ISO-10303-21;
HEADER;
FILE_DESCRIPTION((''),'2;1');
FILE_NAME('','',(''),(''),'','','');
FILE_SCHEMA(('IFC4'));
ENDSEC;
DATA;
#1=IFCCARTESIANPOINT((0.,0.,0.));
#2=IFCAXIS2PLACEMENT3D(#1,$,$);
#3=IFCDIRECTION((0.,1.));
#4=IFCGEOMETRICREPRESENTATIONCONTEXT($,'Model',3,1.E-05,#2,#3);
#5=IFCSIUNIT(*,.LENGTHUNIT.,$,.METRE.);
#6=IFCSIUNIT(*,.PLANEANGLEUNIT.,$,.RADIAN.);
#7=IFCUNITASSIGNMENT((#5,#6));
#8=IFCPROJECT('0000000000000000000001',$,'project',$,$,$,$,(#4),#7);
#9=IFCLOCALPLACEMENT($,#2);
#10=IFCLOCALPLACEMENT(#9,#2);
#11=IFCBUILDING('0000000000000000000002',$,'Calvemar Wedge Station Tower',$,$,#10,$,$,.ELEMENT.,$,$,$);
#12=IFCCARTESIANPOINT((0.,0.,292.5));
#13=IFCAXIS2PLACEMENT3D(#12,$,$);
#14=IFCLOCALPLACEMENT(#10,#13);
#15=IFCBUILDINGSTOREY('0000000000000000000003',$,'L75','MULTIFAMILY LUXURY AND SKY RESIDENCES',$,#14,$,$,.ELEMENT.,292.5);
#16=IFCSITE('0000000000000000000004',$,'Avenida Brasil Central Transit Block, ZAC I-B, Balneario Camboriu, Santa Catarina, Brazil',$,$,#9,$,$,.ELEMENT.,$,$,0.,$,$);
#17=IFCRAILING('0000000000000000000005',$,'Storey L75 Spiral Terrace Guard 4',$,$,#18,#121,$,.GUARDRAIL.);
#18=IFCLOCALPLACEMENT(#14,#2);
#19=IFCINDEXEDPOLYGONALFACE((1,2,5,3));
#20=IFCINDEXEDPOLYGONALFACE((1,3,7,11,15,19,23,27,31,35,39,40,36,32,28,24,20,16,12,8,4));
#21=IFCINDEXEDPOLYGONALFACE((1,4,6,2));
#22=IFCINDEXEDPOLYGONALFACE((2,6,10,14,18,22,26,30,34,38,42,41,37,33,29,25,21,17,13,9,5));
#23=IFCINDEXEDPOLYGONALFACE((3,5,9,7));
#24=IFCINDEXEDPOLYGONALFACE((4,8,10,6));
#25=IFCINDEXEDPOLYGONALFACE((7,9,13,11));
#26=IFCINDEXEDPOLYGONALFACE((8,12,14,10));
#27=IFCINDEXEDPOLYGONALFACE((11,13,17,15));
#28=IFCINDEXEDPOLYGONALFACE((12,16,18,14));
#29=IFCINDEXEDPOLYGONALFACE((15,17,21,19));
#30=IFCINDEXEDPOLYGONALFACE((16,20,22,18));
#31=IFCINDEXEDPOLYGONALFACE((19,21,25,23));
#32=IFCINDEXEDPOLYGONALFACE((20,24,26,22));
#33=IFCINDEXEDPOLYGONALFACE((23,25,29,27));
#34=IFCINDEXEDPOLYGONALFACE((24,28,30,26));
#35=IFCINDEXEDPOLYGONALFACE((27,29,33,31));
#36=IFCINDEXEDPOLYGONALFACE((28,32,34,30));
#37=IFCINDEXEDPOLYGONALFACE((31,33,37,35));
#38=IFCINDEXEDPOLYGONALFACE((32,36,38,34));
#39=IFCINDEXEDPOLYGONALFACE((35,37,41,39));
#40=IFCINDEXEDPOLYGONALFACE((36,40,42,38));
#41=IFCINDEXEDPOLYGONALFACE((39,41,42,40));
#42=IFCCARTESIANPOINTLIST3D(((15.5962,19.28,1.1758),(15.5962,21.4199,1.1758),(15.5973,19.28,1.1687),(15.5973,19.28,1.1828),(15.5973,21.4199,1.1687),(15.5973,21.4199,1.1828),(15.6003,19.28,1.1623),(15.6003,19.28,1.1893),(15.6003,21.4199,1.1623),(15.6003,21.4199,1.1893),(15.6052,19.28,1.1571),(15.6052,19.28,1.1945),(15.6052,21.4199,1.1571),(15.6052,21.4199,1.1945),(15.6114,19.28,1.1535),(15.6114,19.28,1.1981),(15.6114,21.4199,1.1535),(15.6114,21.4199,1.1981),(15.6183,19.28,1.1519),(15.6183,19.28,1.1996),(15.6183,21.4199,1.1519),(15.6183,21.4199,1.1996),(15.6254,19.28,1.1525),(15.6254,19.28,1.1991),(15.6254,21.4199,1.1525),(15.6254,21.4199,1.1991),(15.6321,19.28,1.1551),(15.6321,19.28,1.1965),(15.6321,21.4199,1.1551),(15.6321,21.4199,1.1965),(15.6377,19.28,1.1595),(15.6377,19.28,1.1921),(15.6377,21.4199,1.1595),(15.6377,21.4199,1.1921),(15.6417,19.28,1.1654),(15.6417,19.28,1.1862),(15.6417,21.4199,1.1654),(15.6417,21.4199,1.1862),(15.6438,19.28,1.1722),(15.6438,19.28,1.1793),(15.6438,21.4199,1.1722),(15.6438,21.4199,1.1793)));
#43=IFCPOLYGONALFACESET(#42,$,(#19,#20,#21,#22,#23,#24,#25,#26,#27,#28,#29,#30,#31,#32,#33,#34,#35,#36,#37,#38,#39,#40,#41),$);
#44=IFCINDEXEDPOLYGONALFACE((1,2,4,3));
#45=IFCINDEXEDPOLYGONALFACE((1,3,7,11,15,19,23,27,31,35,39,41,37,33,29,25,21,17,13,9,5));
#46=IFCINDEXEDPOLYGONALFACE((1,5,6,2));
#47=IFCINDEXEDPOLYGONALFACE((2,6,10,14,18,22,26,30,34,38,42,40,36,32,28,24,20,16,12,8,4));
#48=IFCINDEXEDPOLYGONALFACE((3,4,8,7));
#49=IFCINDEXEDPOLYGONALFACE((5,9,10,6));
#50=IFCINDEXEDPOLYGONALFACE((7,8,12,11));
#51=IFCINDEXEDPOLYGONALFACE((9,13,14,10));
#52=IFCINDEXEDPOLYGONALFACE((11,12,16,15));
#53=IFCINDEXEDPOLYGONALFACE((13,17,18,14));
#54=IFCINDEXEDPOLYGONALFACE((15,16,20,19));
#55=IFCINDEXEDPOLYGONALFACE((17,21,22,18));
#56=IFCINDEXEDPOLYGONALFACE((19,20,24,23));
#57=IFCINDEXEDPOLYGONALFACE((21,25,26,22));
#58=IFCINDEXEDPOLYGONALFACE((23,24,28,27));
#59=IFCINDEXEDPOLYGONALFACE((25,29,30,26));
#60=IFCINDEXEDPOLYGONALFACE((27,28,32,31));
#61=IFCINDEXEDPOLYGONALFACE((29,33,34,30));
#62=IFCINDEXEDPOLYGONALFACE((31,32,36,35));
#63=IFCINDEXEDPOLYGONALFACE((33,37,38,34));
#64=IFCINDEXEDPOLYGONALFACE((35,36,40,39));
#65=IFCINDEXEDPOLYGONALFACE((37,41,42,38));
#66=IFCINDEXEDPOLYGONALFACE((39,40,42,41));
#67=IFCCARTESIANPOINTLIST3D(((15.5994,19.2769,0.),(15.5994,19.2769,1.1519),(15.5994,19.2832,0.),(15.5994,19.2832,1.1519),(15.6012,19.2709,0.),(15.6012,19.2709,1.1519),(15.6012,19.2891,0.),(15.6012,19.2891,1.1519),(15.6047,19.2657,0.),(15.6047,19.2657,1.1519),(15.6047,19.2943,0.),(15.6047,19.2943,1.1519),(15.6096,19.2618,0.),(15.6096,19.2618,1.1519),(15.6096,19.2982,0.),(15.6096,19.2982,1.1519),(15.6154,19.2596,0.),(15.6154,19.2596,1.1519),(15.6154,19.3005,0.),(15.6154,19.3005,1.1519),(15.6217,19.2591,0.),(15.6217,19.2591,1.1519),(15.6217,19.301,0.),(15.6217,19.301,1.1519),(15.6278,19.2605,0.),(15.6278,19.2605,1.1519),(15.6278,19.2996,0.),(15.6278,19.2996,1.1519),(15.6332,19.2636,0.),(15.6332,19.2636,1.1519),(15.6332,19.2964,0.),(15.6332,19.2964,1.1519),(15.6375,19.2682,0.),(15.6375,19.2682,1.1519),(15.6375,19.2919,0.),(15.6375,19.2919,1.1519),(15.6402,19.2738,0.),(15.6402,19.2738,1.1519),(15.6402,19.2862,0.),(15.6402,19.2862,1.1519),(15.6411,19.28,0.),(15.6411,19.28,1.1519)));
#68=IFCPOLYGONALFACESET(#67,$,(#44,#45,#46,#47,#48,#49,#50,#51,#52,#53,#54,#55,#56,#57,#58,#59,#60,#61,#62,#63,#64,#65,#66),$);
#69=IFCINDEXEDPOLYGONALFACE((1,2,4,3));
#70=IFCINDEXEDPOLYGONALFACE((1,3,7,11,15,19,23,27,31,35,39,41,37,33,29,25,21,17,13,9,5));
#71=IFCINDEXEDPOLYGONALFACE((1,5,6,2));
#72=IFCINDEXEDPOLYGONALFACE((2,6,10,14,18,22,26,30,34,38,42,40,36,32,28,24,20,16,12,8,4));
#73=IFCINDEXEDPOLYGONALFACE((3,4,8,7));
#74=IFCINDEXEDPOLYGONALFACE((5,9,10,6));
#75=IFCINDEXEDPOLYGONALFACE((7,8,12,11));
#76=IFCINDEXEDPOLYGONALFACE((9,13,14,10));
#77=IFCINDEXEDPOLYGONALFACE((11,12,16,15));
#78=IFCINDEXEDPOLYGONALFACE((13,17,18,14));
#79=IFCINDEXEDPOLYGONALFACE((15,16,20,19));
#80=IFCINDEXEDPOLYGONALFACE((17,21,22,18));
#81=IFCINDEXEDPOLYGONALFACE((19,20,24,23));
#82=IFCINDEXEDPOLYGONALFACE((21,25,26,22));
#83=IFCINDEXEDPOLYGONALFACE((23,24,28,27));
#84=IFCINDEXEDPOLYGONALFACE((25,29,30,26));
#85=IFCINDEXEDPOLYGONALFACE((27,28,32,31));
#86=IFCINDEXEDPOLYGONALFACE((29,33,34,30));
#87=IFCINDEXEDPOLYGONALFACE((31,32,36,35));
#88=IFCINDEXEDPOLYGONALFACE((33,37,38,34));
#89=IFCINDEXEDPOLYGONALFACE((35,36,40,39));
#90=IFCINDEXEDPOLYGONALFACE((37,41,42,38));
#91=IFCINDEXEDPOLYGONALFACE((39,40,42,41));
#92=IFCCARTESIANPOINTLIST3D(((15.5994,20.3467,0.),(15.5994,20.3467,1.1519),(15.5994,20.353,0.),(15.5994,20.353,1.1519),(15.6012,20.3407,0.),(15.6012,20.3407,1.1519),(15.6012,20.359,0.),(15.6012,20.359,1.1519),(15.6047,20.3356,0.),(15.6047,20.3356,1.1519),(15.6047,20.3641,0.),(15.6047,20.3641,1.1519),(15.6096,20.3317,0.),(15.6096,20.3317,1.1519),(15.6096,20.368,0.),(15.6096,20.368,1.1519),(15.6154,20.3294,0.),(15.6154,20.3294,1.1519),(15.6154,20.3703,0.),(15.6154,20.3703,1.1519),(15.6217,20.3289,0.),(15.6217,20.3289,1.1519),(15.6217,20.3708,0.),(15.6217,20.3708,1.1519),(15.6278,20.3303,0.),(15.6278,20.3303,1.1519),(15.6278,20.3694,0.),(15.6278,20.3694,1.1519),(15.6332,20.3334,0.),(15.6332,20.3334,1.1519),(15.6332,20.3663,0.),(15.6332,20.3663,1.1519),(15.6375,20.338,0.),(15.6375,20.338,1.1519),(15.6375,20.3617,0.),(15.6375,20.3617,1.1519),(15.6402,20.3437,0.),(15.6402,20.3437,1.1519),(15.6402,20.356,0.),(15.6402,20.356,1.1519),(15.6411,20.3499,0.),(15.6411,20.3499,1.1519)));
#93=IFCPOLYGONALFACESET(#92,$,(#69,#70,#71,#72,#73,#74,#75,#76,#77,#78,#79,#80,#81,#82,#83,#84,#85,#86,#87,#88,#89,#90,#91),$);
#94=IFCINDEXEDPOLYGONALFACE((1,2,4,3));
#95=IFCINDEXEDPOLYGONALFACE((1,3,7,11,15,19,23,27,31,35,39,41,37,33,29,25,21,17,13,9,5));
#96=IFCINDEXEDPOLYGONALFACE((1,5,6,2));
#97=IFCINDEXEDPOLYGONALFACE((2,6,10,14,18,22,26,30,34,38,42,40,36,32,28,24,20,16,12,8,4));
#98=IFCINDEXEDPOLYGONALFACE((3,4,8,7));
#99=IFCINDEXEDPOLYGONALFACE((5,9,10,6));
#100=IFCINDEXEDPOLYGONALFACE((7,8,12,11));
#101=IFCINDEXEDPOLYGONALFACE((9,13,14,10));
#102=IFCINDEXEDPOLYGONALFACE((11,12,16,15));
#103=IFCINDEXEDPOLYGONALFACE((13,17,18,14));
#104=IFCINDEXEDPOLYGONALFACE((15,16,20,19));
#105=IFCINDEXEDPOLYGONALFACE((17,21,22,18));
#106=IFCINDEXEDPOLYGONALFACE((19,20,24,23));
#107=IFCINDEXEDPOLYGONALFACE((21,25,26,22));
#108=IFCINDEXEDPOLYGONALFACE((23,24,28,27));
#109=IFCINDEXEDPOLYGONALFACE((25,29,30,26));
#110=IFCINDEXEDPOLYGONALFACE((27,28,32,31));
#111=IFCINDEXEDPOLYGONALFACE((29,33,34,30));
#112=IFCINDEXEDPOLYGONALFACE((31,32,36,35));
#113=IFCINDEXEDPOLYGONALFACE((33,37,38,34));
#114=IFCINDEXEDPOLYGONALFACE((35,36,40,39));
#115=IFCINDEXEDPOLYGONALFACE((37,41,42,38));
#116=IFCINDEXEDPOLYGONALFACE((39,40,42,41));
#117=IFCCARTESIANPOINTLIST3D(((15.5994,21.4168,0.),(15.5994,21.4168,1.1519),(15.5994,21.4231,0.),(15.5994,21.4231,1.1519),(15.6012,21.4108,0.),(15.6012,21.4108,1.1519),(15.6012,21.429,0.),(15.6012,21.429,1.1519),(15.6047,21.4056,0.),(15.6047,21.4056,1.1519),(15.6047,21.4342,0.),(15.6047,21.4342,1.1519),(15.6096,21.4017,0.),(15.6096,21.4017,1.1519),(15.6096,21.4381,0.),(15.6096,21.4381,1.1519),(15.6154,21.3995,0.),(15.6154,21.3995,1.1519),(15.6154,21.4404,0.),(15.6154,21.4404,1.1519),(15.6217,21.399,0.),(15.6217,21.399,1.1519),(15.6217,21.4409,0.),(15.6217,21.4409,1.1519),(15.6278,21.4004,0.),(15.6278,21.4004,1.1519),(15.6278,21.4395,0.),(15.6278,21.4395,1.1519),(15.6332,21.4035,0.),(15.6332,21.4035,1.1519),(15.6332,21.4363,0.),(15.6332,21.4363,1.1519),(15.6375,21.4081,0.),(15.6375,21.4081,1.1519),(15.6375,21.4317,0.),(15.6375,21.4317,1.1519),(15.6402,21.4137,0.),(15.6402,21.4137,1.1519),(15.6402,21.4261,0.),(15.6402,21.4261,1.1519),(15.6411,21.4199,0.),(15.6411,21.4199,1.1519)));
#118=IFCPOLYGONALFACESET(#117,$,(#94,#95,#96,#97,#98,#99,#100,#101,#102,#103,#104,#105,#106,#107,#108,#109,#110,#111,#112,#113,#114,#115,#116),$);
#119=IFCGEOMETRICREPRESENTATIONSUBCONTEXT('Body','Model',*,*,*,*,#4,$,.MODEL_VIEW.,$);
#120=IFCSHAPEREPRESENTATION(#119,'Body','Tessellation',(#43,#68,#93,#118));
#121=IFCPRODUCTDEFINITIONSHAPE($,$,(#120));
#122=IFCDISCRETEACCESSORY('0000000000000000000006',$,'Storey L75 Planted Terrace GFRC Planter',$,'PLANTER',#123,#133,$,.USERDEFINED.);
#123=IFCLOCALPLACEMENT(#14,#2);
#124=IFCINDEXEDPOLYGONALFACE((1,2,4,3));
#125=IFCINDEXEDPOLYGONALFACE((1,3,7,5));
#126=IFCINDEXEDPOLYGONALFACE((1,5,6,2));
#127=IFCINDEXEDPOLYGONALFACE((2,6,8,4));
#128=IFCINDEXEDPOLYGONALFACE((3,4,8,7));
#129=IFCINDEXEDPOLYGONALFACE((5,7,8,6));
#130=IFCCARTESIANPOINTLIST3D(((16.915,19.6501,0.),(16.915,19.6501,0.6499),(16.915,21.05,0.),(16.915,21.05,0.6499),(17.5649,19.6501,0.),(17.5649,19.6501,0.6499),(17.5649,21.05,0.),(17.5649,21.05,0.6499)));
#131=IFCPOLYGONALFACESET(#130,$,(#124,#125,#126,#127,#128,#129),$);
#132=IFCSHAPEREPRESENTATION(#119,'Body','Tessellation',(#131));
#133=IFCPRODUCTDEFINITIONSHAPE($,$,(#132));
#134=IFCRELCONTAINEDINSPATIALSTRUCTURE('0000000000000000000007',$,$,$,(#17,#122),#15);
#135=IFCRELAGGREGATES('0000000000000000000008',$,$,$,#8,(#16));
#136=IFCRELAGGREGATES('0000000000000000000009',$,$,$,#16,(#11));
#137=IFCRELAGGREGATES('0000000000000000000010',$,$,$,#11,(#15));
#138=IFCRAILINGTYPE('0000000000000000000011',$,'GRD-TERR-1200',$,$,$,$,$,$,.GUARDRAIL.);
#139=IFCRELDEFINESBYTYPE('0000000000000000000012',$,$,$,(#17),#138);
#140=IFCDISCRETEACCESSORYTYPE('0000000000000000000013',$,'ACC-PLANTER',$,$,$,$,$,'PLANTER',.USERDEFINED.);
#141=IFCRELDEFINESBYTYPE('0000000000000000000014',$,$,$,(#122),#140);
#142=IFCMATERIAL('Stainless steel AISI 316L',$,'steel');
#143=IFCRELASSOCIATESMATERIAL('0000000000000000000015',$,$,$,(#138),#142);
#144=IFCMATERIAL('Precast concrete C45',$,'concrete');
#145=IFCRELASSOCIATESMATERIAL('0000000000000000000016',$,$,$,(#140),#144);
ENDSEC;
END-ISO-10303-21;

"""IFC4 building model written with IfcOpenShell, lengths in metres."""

from ifc_helpers import new_model, si_unit, direction, frame, origin, origin_2d, place, context, subcontext, project, spatial, rectangle, circle, extrude, source, transform, mapped, material, type_object, element, save


model = new_model("IFC4")

# Units and contexts
model_context = context("Model", 3, precision=1e-05, world=origin(), true_north=direction((0.0, 1.0)))
body_context = subcontext(model_context, "Body", "Model", "MODEL_VIEW")
ifc_project = project(units=[si_unit("LENGTHUNIT", "METRE"), si_unit("PLANEANGLEUNIT", "RADIAN")], contexts=[model_context])

# Site, building, storey
site_placement = place(None, origin())
site = spatial("IfcSite", under=ifc_project, at=site_placement, Name="Avenida Brasil Central Transit Block, ZAC I-B, Balneario Camboriu, Santa Catarina, Brazil", CompositionType="ELEMENT", RefElevation=0.0)
building_placement = place(site_placement, origin())
building = spatial("IfcBuilding", under=site, at=building_placement, Name="Calvemar Wedge Station Tower", CompositionType="ELEMENT")
storey_placement = place(building_placement, frame((0.0, 0.0, 292.5)))
storey = spatial("IfcBuildingStorey", under=building, at=storey_placement, Name="L75", Description="MULTIFAMILY LUXURY AND SKY RESIDENCES", CompositionType="ELEMENT", Elevation=292.5)

# Railing
ifc_material_1 = material(Name="Stainless steel AISI 316L", Category="steel")
railing_type = type_object("IfcRailingType", Name="GRD-TERR-1200", PredefinedType="GUARDRAIL", material=ifc_material_1)
railing_1_placement = place(storey_placement, frame((15.6201, 19.28, 0.0)))
element("IfcRailing", 1, at=railing_1_placement, inside=storey, type_object=railing_type, Name="Storey L75 Spiral Terrace Guard 4", PredefinedType="GUARDRAIL", context=body_context, shape_type="SweptSolid", body=[
    extrude(circle(Radius=0.0239, at=origin_2d()), frame((0.0, 0.0, 1.1758), z_axis=(0.0, 1.0, 0.0), x_axis=(-1.0, 0.0, 0.0)), (0.0, 0.0, 1.0), 2.1399),
    extrude(circle(Radius=0.021, at=origin_2d()), origin(), (0.0, 0.0, 1.0), 1.1519),
    extrude(circle(Radius=0.021, at=origin_2d()), frame((0.0, 1.0698, 0.0)), (0.0, 0.0, 1.0), 1.1519),
    extrude(circle(Radius=0.021, at=origin_2d()), frame((0.0, 2.1399, 0.0)), (0.0, 0.0, 1.0), 1.1519),
])

# Discrete accessory
ifc_material_2 = material(Name="Precast concrete C45", Category="concrete")
discrete_accessory_type = type_object("IfcDiscreteAccessoryType", Name="ACC-PLANTER", ElementType="PLANTER", PredefinedType="USERDEFINED", material=ifc_material_2)
shared_shape_1 = source(origin(), body_context, "Body", "SweptSolid", [
    extrude(rectangle(XDim=0.6499, YDim=1.3999, at=origin_2d()), origin(), (0.0, 0.0, 1.0), 0.6499),
])
discrete_accessory_placement = place(storey_placement, frame((17.24, 20.3501, 0.0), z_axis=(0.0, 0.0, 1.0), x_axis=(1.0, 0.0, 0.0)))
element("IfcDiscreteAccessory", 2, at=discrete_accessory_placement, inside=storey, type_object=discrete_accessory_type, Name="Storey L75 Planted Terrace GFRC Planter", ObjectType="PLANTER", PredefinedType="USERDEFINED", context=body_context, shape_type="MappedRepresentation", body=[
    mapped(shared_shape_1, transform((0.0, 0.0, 0.0), scale=1.0)),
])

save(model, "model.ifc")
